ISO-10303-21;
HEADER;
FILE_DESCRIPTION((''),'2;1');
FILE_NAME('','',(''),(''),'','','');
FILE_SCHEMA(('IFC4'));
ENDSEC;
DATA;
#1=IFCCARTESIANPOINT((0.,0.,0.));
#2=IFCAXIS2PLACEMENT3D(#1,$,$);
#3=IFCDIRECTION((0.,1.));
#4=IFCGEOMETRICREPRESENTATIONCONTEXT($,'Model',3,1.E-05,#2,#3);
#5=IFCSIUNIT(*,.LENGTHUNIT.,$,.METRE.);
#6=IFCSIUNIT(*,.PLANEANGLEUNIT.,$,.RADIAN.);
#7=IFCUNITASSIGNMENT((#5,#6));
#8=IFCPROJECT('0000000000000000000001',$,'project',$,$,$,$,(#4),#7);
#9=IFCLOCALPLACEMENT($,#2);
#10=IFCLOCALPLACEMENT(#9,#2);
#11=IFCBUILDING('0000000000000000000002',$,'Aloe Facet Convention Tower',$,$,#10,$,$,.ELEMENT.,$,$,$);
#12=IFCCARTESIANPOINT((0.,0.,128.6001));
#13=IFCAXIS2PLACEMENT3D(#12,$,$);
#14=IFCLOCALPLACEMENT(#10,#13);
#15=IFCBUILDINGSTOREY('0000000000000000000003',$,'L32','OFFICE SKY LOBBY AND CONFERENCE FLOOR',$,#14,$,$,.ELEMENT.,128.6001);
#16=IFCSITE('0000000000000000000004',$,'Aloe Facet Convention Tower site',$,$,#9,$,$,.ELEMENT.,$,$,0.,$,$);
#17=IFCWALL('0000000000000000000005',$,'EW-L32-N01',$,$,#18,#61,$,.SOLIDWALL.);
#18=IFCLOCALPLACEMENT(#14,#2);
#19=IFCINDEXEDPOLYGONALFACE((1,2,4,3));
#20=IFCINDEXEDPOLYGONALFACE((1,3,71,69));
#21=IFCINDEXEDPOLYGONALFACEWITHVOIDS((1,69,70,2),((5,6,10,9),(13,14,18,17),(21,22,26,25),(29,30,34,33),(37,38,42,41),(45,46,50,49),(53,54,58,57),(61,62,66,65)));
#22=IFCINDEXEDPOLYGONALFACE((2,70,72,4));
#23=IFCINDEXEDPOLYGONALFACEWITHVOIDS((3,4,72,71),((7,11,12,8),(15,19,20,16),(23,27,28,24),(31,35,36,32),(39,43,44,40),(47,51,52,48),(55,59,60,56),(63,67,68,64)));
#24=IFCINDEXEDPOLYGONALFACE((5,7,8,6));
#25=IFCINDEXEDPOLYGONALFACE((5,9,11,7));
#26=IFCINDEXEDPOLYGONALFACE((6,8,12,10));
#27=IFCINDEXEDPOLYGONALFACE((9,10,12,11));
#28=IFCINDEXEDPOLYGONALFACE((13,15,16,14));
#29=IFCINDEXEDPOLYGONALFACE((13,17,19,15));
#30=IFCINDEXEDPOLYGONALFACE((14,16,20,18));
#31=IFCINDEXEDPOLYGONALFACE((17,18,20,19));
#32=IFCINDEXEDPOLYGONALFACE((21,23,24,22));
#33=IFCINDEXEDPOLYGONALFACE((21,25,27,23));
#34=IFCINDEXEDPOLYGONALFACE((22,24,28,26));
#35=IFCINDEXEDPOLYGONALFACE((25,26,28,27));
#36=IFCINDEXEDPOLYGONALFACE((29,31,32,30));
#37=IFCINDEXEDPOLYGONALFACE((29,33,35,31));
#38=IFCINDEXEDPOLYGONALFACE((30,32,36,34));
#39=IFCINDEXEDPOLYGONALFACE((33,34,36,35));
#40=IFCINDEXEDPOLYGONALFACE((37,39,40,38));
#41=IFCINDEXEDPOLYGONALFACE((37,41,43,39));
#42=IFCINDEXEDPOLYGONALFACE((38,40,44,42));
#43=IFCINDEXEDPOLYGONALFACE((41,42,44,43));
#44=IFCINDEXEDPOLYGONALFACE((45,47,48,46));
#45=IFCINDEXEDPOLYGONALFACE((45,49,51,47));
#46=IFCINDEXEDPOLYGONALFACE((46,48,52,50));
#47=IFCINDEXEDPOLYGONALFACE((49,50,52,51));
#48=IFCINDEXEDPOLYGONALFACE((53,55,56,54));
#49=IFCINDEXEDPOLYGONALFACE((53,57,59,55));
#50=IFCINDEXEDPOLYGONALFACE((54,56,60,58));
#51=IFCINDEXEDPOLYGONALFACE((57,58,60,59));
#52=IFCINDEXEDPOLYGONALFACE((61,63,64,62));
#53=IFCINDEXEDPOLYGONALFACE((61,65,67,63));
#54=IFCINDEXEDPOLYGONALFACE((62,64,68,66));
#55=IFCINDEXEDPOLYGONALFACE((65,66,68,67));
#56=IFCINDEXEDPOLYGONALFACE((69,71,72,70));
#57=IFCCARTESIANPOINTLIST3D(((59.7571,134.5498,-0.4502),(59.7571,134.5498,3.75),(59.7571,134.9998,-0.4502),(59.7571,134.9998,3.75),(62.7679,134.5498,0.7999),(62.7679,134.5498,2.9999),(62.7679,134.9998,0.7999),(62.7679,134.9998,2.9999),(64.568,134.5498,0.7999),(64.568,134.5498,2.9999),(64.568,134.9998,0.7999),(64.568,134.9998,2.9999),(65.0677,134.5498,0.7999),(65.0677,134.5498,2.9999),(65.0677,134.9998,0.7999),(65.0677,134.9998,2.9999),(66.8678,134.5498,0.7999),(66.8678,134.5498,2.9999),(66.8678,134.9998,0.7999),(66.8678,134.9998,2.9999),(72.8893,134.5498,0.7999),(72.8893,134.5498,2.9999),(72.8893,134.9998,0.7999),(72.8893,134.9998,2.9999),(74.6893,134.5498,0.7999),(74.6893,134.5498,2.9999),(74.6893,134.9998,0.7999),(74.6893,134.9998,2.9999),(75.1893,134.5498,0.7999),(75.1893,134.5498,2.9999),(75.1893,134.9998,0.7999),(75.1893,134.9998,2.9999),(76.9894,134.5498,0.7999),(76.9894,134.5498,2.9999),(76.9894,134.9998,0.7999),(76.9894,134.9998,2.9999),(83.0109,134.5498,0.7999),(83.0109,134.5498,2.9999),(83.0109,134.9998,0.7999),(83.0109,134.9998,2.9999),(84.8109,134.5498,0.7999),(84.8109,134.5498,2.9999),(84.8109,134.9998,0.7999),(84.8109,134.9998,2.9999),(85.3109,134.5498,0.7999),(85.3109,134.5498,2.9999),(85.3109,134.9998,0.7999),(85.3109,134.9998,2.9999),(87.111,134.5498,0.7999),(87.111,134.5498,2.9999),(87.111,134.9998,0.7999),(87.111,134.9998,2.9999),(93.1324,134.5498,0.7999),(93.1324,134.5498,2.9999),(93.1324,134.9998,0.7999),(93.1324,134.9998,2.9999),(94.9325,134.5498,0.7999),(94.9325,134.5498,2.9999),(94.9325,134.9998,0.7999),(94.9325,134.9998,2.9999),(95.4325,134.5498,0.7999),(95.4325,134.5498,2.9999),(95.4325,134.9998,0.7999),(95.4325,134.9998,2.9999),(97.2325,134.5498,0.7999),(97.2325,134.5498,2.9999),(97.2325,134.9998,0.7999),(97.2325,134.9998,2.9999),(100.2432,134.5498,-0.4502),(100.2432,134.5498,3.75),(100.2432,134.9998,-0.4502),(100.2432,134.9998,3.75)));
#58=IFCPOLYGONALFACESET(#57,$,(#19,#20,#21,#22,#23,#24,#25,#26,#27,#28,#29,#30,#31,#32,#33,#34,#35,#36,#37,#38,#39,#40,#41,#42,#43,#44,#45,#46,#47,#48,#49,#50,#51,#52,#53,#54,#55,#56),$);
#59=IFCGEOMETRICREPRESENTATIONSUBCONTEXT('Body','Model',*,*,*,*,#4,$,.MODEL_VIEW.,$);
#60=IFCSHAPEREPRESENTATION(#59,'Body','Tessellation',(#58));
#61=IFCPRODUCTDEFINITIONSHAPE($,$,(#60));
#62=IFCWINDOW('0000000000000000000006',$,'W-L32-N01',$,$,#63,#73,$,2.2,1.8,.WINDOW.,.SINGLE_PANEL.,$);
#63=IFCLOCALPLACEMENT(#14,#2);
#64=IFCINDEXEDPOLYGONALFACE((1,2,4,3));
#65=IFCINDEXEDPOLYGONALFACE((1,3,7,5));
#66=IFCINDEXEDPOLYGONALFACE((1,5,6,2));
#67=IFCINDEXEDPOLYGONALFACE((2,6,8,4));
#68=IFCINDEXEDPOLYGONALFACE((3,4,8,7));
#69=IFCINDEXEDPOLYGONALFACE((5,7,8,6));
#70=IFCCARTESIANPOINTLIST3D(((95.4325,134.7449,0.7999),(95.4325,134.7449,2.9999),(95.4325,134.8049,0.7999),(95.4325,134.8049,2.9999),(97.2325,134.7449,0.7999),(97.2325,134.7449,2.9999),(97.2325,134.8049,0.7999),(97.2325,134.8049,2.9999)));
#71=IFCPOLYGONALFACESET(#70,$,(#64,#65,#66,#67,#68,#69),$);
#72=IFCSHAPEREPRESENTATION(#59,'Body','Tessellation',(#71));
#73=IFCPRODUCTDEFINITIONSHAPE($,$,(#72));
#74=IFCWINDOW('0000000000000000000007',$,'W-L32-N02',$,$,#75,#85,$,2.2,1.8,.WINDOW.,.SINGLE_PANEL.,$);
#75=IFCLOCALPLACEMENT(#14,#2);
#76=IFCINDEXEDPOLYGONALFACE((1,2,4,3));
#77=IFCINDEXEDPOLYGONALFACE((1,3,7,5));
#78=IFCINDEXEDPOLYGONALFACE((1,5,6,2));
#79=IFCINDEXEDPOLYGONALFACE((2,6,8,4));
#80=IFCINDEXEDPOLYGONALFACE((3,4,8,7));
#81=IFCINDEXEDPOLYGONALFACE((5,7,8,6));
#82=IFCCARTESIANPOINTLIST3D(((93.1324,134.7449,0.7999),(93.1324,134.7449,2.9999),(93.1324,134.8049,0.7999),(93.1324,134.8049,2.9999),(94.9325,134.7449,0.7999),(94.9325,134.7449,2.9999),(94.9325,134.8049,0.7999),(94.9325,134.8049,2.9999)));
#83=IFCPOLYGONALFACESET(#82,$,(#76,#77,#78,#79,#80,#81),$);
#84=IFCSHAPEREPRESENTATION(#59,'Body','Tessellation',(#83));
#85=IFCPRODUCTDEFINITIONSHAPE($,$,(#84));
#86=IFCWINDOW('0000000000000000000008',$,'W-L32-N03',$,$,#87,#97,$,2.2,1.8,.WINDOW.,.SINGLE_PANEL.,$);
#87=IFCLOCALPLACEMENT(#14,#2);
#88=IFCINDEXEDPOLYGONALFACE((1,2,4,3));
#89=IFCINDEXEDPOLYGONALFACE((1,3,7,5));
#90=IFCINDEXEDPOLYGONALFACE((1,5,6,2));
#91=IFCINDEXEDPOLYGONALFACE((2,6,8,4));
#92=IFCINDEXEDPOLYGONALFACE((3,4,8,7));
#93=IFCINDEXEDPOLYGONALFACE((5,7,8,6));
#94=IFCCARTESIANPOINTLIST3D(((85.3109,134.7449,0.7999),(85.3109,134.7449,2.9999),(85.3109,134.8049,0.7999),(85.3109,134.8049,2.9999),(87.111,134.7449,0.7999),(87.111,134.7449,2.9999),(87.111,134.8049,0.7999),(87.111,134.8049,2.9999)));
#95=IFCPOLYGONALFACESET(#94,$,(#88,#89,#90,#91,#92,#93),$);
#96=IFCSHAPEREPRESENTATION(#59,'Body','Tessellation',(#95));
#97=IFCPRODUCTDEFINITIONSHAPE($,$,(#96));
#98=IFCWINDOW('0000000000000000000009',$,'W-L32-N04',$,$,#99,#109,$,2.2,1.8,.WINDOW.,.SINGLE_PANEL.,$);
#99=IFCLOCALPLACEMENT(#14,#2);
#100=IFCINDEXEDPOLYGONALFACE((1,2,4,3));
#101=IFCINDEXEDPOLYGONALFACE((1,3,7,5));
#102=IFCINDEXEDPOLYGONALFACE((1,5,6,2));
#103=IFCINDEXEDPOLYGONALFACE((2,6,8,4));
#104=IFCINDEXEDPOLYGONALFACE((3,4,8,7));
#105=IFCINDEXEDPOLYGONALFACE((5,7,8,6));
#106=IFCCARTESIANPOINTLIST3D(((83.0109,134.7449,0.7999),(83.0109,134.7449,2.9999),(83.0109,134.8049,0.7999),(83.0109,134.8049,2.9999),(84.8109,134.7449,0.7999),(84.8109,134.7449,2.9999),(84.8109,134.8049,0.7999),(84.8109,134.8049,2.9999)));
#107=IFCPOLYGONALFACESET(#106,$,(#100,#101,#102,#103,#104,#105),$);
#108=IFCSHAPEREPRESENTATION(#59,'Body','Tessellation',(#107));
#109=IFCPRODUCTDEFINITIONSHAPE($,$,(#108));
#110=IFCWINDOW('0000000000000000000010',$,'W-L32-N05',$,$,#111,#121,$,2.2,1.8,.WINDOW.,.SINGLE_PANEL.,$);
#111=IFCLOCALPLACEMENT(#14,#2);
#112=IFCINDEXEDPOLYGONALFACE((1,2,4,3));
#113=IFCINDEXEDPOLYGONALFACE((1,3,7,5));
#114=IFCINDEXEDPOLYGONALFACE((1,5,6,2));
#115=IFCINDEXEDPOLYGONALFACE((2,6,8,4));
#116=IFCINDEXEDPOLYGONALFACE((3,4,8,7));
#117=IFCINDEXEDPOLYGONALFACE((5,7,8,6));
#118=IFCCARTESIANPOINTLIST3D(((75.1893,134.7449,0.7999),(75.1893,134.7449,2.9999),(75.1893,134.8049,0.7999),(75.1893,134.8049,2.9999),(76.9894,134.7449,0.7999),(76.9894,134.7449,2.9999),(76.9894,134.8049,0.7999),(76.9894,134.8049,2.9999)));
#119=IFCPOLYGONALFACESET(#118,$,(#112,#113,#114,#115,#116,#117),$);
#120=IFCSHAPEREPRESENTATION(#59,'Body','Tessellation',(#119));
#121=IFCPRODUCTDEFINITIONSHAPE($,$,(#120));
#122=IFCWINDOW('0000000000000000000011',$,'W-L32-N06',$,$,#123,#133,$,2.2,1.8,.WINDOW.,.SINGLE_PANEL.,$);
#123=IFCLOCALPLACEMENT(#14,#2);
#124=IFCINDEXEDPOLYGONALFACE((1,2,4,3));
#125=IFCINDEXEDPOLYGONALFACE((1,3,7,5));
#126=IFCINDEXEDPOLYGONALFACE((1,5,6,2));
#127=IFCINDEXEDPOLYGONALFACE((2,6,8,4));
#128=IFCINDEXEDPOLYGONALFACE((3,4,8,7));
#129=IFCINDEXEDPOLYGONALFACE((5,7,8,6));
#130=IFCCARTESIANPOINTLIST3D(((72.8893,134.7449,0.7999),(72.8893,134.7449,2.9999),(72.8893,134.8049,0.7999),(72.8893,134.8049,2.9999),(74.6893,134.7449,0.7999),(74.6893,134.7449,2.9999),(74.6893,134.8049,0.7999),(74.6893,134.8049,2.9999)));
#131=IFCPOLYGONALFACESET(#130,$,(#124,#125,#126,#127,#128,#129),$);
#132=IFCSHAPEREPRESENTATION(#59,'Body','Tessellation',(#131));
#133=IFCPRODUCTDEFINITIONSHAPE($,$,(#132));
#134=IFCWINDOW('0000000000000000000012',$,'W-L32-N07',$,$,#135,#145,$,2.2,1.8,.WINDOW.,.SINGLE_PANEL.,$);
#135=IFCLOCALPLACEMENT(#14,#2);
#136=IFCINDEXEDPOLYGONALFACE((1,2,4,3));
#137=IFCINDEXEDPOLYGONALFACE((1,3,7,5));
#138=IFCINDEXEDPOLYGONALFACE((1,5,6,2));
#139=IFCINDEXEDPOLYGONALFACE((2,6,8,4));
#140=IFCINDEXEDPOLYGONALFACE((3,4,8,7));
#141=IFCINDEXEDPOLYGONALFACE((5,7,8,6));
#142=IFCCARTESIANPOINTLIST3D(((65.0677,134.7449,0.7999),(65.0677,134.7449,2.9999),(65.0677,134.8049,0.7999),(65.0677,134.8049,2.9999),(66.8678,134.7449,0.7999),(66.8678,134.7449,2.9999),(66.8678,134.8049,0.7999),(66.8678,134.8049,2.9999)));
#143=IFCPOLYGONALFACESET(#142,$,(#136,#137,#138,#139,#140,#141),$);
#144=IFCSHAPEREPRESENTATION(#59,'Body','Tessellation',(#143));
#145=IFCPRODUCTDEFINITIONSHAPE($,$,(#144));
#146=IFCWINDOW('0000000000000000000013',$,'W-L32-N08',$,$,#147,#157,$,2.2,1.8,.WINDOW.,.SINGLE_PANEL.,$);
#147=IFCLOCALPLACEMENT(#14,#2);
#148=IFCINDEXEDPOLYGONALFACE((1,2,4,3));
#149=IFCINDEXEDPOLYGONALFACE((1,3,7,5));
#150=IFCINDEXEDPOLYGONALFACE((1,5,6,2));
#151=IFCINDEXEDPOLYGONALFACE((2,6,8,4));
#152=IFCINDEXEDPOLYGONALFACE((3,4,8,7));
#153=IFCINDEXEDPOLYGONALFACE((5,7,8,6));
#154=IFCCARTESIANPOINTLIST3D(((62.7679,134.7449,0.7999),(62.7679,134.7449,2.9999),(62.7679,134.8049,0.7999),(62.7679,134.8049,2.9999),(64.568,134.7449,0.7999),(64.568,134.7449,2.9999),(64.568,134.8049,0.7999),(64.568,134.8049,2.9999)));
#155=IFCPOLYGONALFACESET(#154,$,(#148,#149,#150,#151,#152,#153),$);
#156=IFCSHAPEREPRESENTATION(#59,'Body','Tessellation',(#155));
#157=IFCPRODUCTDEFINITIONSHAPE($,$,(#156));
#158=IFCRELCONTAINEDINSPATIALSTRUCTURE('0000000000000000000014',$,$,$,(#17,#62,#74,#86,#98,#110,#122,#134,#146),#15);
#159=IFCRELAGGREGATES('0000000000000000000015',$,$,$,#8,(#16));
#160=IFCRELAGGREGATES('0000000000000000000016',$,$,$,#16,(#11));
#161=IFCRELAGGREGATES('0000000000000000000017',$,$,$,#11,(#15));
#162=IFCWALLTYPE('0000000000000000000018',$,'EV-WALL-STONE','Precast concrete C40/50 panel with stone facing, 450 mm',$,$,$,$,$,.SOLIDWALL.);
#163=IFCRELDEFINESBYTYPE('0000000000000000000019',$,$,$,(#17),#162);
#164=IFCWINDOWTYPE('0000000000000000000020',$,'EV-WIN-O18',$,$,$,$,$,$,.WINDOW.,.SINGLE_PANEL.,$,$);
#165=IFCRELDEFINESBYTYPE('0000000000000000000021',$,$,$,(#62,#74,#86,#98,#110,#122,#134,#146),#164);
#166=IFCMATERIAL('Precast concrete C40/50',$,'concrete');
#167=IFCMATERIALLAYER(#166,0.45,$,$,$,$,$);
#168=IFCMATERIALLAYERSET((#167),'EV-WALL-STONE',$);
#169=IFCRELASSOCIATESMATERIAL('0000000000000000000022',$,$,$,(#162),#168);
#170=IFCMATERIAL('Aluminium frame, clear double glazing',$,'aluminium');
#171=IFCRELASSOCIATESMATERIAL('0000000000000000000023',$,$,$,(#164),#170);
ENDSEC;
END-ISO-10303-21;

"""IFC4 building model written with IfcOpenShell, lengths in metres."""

from ifc_helpers import new_model, si_unit, direction, frame, frame_2d, origin, place, context, subcontext, project, spatial, polyline, rectangle, outline, extrude, material, layer, layer_set, type_object, element, fill, save


model = new_model("IFC4")

# Units and contexts
model_context = context("Model", 3, precision=1e-05, world=origin(), true_north=direction((0.0, 1.0)))
body_context = subcontext(model_context, "Body", "Model", "MODEL_VIEW")
ifc_project = project(units=[si_unit("LENGTHUNIT", "METRE"), si_unit("PLANEANGLEUNIT", "RADIAN")], contexts=[model_context])

# Site, building, storey
site_placement = place(None, origin())
site = spatial("IfcSite", under=ifc_project, at=site_placement, Name="Aloe Facet Convention Tower site", CompositionType="ELEMENT", RefElevation=0.0)
building_placement = place(site_placement, origin())
building = spatial("IfcBuilding", under=site, at=building_placement, Name="Aloe Facet Convention Tower", CompositionType="ELEMENT")
storey_placement = place(building_placement, frame((0.0, 0.0, 128.6001)))
storey = spatial("IfcBuildingStorey", under=building, at=storey_placement, Name="L32", Description="OFFICE SKY LOBBY AND CONFERENCE FLOOR", CompositionType="ELEMENT", Elevation=128.6001)

# Wall, openings, windows
ifc_material_1 = material(Name="Precast concrete C40/50", Category="concrete")
ifc_layer_1 = layer(ifc_material_1, 0.45)
ifc_layer_set_1 = layer_set([ifc_layer_1], Name="EV-WALL-STONE")
wall_type_1 = type_object("IfcWallType", Name="EV-WALL-STONE", Description="Precast concrete C40/50 panel with stone facing, 450 mm", PredefinedType="SOLIDWALL", material=ifc_layer_set_1)
wall_1_placement = place(storey_placement, frame((100.2432, 134.7749, -0.4502), z_axis=(0.0, 0.0, 1.0), x_axis=(-1.0, 0.0, 0.0)))
wall_1 = element("IfcWall", 1, at=wall_1_placement, inside=storey, type_object=wall_type_1, Name="EW-L32-N01", PredefinedType="SOLIDWALL", context=body_context, shape_type="SweptSolid", body=[
    extrude(outline(polyline([(40.4861, 0.0), (40.4861, 4.2002), (0.0, 4.2002), (0.0, 0.0), (40.4861, 0.0)])), frame((0.0, 0.2251, 0.0), z_axis=(0.0, -1.0, 0.0), x_axis=(1.0, 0.0, 0.0)), (0.0, 0.0, 1.0), 0.45),
])
opening_1_placement = place(wall_1_placement, frame((3.0107, 0.0, 1.25)))
opening_1 = element("IfcOpeningElement", 2, at=opening_1_placement, cuts=wall_1, PredefinedType="OPENING", context=body_context, shape_type="SweptSolid", body=[
    extrude(rectangle(XDim=1.8, YDim=2.2, at=frame_2d((0.8999, 1.1001))), frame((0.0, 0.2349, 0.0), z_axis=(0.0, -1.0, 0.0), x_axis=(1.0, 0.0, 0.0)), (0.0, 0.0, 1.0), 0.47),
])
opening_2_placement = place(wall_1_placement, frame((5.3108, 0.0, 1.25)))
opening_2 = element("IfcOpeningElement", 3, at=opening_2_placement, cuts=wall_1, PredefinedType="OPENING", context=body_context, shape_type="SweptSolid", body=[
    extrude(rectangle(XDim=1.8, YDim=2.2, at=frame_2d((0.8999, 1.1001))), frame((0.0, 0.2349, 0.0), z_axis=(0.0, -1.0, 0.0), x_axis=(1.0, 0.0, 0.0)), (0.0, 0.0, 1.0), 0.47),
])
opening_3_placement = place(wall_1_placement, frame((13.1323, 0.0, 1.25)))
opening_3 = element("IfcOpeningElement", 4, at=opening_3_placement, cuts=wall_1, PredefinedType="OPENING", context=body_context, shape_type="SweptSolid", body=[
    extrude(rectangle(XDim=1.8, YDim=2.2, at=frame_2d((0.8999, 1.1001))), frame((0.0, 0.2349, 0.0), z_axis=(0.0, -1.0, 0.0), x_axis=(1.0, 0.0, 0.0)), (0.0, 0.0, 1.0), 0.47),
])
opening_4_placement = place(wall_1_placement, frame((15.4324, 0.0, 1.25)))
opening_4 = element("IfcOpeningElement", 5, at=opening_4_placement, cuts=wall_1, PredefinedType="OPENING", context=body_context, shape_type="SweptSolid", body=[
    extrude(rectangle(XDim=1.8, YDim=2.2, at=frame_2d((0.8999, 1.1001))), frame((0.0, 0.2349, 0.0), z_axis=(0.0, -1.0, 0.0), x_axis=(1.0, 0.0, 0.0)), (0.0, 0.0, 1.0), 0.47),
])
opening_5_placement = place(wall_1_placement, frame((23.2539, 0.0, 1.25)))
opening_5 = element("IfcOpeningElement", 6, at=opening_5_placement, cuts=wall_1, PredefinedType="OPENING", context=body_context, shape_type="SweptSolid", body=[
    extrude(rectangle(XDim=1.8, YDim=2.2, at=frame_2d((0.8999, 1.1001))), frame((0.0, 0.2349, 0.0), z_axis=(0.0, -1.0, 0.0), x_axis=(1.0, 0.0, 0.0)), (0.0, 0.0, 1.0), 0.47),
])
opening_6_placement = place(wall_1_placement, frame((25.554, 0.0, 1.25)))
opening_6 = element("IfcOpeningElement", 7, at=opening_6_placement, cuts=wall_1, PredefinedType="OPENING", context=body_context, shape_type="SweptSolid", body=[
    extrude(rectangle(XDim=1.8, YDim=2.2, at=frame_2d((0.8999, 1.1001))), frame((0.0, 0.2349, 0.0), z_axis=(0.0, -1.0, 0.0), x_axis=(1.0, 0.0, 0.0)), (0.0, 0.0, 1.0), 0.47),
])
opening_7_placement = place(wall_1_placement, frame((33.3755, 0.0, 1.25)))
opening_7 = element("IfcOpeningElement", 8, at=opening_7_placement, cuts=wall_1, PredefinedType="OPENING", context=body_context, shape_type="SweptSolid", body=[
    extrude(rectangle(XDim=1.8, YDim=2.2, at=frame_2d((0.8999, 1.1001))), frame((0.0, 0.2349, 0.0), z_axis=(0.0, -1.0, 0.0), x_axis=(1.0, 0.0, 0.0)), (0.0, 0.0, 1.0), 0.47),
])
opening_8_placement = place(wall_1_placement, frame((35.6753, 0.0, 1.25)))
opening_8 = element("IfcOpeningElement", 9, at=opening_8_placement, cuts=wall_1, PredefinedType="OPENING", context=body_context, shape_type="SweptSolid", body=[
    extrude(rectangle(XDim=1.8, YDim=2.2, at=frame_2d((0.8999, 1.1001))), frame((0.0, 0.2349, 0.0), z_axis=(0.0, -1.0, 0.0), x_axis=(1.0, 0.0, 0.0)), (0.0, 0.0, 1.0), 0.47),
])
ifc_material_2 = material(Name="Aluminium frame, clear double glazing", Category="aluminium")
window_type = type_object("IfcWindowType", Name="EV-WIN-O18", PartitioningType="SINGLE_PANEL", PredefinedType="WINDOW", material=ifc_material_2)
window_1_placement = place(opening_1_placement, origin())
window_1 = element("IfcWindow", 10, at=window_1_placement, inside=storey, type_object=window_type, Name="W-L32-N01", OverallHeight=2.2, OverallWidth=1.8, PartitioningType="SINGLE_PANEL", PredefinedType="WINDOW", context=body_context, shape_type="SweptSolid", body=[
    extrude(rectangle(XDim=1.8, YDim=2.2, at=frame_2d((0.8999, 1.1001))), frame((0.0, 0.03, 0.0), z_axis=(0.0, -1.0, 0.0), x_axis=(1.0, 0.0, 0.0)), (0.0, 0.0, 1.0), 0.0601),
])
fill(opening_1, window_1)
window_2_placement = place(opening_2_placement, origin())
window_2 = element("IfcWindow", 11, at=window_2_placement, inside=storey, type_object=window_type, Name="W-L32-N02", OverallHeight=2.2, OverallWidth=1.8, PartitioningType="SINGLE_PANEL", PredefinedType="WINDOW", context=body_context, shape_type="SweptSolid", body=[
    extrude(rectangle(XDim=1.8, YDim=2.2, at=frame_2d((0.8999, 1.1001))), frame((0.0, 0.03, 0.0), z_axis=(0.0, -1.0, 0.0), x_axis=(1.0, 0.0, 0.0)), (0.0, 0.0, 1.0), 0.0601),
])
fill(opening_2, window_2)
window_3_placement = place(opening_3_placement, origin())
window_3 = element("IfcWindow", 12, at=window_3_placement, inside=storey, type_object=window_type, Name="W-L32-N03", OverallHeight=2.2, OverallWidth=1.8, PartitioningType="SINGLE_PANEL", PredefinedType="WINDOW", context=body_context, shape_type="SweptSolid", body=[
    extrude(rectangle(XDim=1.8, YDim=2.2, at=frame_2d((0.8999, 1.1001))), frame((0.0, 0.03, 0.0), z_axis=(0.0, -1.0, 0.0), x_axis=(1.0, 0.0, 0.0)), (0.0, 0.0, 1.0), 0.0601),
])
fill(opening_3, window_3)
window_4_placement = place(opening_4_placement, origin())
window_4 = element("IfcWindow", 13, at=window_4_placement, inside=storey, type_object=window_type, Name="W-L32-N04", OverallHeight=2.2, OverallWidth=1.8, PartitioningType="SINGLE_PANEL", PredefinedType="WINDOW", context=body_context, shape_type="SweptSolid", body=[
    extrude(rectangle(XDim=1.8, YDim=2.2, at=frame_2d((0.8999, 1.1001))), frame((0.0, 0.03, 0.0), z_axis=(0.0, -1.0, 0.0), x_axis=(1.0, 0.0, 0.0)), (0.0, 0.0, 1.0), 0.0601),
])
fill(opening_4, window_4)
window_5_placement = place(opening_5_placement, origin())
window_5 = element("IfcWindow", 14, at=window_5_placement, inside=storey, type_object=window_type, Name="W-L32-N05", OverallHeight=2.2, OverallWidth=1.8, PartitioningType="SINGLE_PANEL", PredefinedType="WINDOW", context=body_context, shape_type="SweptSolid", body=[
    extrude(rectangle(XDim=1.8, YDim=2.2, at=frame_2d((0.8999, 1.1001))), frame((0.0, 0.03, 0.0), z_axis=(0.0, -1.0, 0.0), x_axis=(1.0, 0.0, 0.0)), (0.0, 0.0, 1.0), 0.0601),
])
fill(opening_5, window_5)
window_6_placement = place(opening_6_placement, origin())
window_6 = element("IfcWindow", 15, at=window_6_placement, inside=storey, type_object=window_type, Name="W-L32-N06", OverallHeight=2.2, OverallWidth=1.8, PartitioningType="SINGLE_PANEL", PredefinedType="WINDOW", context=body_context, shape_type="SweptSolid", body=[
    extrude(rectangle(XDim=1.8, YDim=2.2, at=frame_2d((0.8999, 1.1001))), frame((0.0, 0.03, 0.0), z_axis=(0.0, -1.0, 0.0), x_axis=(1.0, 0.0, 0.0)), (0.0, 0.0, 1.0), 0.0601),
])
fill(opening_6, window_6)
window_7_placement = place(opening_7_placement, origin())
window_7 = element("IfcWindow", 16, at=window_7_placement, inside=storey, type_object=window_type, Name="W-L32-N07", OverallHeight=2.2, OverallWidth=1.8, PartitioningType="SINGLE_PANEL", PredefinedType="WINDOW", context=body_context, shape_type="SweptSolid", body=[
    extrude(rectangle(XDim=1.8, YDim=2.2, at=frame_2d((0.8999, 1.1001))), frame((0.0, 0.03, 0.0), z_axis=(0.0, -1.0, 0.0), x_axis=(1.0, 0.0, 0.0)), (0.0, 0.0, 1.0), 0.0601),
])
fill(opening_7, window_7)
window_8_placement = place(opening_8_placement, origin())
window_8 = element("IfcWindow", 17, at=window_8_placement, inside=storey, type_object=window_type, Name="W-L32-N08", OverallHeight=2.2, OverallWidth=1.8, PartitioningType="SINGLE_PANEL", PredefinedType="WINDOW", context=body_context, shape_type="SweptSolid", body=[
    extrude(rectangle(XDim=1.8, YDim=2.2, at=frame_2d((0.8999, 1.1001))), frame((0.0, 0.03, 0.0), z_axis=(0.0, -1.0, 0.0), x_axis=(1.0, 0.0, 0.0)), (0.0, 0.0, 1.0), 0.0601),
])
fill(opening_8, window_8)

save(model, "model.ifc")
